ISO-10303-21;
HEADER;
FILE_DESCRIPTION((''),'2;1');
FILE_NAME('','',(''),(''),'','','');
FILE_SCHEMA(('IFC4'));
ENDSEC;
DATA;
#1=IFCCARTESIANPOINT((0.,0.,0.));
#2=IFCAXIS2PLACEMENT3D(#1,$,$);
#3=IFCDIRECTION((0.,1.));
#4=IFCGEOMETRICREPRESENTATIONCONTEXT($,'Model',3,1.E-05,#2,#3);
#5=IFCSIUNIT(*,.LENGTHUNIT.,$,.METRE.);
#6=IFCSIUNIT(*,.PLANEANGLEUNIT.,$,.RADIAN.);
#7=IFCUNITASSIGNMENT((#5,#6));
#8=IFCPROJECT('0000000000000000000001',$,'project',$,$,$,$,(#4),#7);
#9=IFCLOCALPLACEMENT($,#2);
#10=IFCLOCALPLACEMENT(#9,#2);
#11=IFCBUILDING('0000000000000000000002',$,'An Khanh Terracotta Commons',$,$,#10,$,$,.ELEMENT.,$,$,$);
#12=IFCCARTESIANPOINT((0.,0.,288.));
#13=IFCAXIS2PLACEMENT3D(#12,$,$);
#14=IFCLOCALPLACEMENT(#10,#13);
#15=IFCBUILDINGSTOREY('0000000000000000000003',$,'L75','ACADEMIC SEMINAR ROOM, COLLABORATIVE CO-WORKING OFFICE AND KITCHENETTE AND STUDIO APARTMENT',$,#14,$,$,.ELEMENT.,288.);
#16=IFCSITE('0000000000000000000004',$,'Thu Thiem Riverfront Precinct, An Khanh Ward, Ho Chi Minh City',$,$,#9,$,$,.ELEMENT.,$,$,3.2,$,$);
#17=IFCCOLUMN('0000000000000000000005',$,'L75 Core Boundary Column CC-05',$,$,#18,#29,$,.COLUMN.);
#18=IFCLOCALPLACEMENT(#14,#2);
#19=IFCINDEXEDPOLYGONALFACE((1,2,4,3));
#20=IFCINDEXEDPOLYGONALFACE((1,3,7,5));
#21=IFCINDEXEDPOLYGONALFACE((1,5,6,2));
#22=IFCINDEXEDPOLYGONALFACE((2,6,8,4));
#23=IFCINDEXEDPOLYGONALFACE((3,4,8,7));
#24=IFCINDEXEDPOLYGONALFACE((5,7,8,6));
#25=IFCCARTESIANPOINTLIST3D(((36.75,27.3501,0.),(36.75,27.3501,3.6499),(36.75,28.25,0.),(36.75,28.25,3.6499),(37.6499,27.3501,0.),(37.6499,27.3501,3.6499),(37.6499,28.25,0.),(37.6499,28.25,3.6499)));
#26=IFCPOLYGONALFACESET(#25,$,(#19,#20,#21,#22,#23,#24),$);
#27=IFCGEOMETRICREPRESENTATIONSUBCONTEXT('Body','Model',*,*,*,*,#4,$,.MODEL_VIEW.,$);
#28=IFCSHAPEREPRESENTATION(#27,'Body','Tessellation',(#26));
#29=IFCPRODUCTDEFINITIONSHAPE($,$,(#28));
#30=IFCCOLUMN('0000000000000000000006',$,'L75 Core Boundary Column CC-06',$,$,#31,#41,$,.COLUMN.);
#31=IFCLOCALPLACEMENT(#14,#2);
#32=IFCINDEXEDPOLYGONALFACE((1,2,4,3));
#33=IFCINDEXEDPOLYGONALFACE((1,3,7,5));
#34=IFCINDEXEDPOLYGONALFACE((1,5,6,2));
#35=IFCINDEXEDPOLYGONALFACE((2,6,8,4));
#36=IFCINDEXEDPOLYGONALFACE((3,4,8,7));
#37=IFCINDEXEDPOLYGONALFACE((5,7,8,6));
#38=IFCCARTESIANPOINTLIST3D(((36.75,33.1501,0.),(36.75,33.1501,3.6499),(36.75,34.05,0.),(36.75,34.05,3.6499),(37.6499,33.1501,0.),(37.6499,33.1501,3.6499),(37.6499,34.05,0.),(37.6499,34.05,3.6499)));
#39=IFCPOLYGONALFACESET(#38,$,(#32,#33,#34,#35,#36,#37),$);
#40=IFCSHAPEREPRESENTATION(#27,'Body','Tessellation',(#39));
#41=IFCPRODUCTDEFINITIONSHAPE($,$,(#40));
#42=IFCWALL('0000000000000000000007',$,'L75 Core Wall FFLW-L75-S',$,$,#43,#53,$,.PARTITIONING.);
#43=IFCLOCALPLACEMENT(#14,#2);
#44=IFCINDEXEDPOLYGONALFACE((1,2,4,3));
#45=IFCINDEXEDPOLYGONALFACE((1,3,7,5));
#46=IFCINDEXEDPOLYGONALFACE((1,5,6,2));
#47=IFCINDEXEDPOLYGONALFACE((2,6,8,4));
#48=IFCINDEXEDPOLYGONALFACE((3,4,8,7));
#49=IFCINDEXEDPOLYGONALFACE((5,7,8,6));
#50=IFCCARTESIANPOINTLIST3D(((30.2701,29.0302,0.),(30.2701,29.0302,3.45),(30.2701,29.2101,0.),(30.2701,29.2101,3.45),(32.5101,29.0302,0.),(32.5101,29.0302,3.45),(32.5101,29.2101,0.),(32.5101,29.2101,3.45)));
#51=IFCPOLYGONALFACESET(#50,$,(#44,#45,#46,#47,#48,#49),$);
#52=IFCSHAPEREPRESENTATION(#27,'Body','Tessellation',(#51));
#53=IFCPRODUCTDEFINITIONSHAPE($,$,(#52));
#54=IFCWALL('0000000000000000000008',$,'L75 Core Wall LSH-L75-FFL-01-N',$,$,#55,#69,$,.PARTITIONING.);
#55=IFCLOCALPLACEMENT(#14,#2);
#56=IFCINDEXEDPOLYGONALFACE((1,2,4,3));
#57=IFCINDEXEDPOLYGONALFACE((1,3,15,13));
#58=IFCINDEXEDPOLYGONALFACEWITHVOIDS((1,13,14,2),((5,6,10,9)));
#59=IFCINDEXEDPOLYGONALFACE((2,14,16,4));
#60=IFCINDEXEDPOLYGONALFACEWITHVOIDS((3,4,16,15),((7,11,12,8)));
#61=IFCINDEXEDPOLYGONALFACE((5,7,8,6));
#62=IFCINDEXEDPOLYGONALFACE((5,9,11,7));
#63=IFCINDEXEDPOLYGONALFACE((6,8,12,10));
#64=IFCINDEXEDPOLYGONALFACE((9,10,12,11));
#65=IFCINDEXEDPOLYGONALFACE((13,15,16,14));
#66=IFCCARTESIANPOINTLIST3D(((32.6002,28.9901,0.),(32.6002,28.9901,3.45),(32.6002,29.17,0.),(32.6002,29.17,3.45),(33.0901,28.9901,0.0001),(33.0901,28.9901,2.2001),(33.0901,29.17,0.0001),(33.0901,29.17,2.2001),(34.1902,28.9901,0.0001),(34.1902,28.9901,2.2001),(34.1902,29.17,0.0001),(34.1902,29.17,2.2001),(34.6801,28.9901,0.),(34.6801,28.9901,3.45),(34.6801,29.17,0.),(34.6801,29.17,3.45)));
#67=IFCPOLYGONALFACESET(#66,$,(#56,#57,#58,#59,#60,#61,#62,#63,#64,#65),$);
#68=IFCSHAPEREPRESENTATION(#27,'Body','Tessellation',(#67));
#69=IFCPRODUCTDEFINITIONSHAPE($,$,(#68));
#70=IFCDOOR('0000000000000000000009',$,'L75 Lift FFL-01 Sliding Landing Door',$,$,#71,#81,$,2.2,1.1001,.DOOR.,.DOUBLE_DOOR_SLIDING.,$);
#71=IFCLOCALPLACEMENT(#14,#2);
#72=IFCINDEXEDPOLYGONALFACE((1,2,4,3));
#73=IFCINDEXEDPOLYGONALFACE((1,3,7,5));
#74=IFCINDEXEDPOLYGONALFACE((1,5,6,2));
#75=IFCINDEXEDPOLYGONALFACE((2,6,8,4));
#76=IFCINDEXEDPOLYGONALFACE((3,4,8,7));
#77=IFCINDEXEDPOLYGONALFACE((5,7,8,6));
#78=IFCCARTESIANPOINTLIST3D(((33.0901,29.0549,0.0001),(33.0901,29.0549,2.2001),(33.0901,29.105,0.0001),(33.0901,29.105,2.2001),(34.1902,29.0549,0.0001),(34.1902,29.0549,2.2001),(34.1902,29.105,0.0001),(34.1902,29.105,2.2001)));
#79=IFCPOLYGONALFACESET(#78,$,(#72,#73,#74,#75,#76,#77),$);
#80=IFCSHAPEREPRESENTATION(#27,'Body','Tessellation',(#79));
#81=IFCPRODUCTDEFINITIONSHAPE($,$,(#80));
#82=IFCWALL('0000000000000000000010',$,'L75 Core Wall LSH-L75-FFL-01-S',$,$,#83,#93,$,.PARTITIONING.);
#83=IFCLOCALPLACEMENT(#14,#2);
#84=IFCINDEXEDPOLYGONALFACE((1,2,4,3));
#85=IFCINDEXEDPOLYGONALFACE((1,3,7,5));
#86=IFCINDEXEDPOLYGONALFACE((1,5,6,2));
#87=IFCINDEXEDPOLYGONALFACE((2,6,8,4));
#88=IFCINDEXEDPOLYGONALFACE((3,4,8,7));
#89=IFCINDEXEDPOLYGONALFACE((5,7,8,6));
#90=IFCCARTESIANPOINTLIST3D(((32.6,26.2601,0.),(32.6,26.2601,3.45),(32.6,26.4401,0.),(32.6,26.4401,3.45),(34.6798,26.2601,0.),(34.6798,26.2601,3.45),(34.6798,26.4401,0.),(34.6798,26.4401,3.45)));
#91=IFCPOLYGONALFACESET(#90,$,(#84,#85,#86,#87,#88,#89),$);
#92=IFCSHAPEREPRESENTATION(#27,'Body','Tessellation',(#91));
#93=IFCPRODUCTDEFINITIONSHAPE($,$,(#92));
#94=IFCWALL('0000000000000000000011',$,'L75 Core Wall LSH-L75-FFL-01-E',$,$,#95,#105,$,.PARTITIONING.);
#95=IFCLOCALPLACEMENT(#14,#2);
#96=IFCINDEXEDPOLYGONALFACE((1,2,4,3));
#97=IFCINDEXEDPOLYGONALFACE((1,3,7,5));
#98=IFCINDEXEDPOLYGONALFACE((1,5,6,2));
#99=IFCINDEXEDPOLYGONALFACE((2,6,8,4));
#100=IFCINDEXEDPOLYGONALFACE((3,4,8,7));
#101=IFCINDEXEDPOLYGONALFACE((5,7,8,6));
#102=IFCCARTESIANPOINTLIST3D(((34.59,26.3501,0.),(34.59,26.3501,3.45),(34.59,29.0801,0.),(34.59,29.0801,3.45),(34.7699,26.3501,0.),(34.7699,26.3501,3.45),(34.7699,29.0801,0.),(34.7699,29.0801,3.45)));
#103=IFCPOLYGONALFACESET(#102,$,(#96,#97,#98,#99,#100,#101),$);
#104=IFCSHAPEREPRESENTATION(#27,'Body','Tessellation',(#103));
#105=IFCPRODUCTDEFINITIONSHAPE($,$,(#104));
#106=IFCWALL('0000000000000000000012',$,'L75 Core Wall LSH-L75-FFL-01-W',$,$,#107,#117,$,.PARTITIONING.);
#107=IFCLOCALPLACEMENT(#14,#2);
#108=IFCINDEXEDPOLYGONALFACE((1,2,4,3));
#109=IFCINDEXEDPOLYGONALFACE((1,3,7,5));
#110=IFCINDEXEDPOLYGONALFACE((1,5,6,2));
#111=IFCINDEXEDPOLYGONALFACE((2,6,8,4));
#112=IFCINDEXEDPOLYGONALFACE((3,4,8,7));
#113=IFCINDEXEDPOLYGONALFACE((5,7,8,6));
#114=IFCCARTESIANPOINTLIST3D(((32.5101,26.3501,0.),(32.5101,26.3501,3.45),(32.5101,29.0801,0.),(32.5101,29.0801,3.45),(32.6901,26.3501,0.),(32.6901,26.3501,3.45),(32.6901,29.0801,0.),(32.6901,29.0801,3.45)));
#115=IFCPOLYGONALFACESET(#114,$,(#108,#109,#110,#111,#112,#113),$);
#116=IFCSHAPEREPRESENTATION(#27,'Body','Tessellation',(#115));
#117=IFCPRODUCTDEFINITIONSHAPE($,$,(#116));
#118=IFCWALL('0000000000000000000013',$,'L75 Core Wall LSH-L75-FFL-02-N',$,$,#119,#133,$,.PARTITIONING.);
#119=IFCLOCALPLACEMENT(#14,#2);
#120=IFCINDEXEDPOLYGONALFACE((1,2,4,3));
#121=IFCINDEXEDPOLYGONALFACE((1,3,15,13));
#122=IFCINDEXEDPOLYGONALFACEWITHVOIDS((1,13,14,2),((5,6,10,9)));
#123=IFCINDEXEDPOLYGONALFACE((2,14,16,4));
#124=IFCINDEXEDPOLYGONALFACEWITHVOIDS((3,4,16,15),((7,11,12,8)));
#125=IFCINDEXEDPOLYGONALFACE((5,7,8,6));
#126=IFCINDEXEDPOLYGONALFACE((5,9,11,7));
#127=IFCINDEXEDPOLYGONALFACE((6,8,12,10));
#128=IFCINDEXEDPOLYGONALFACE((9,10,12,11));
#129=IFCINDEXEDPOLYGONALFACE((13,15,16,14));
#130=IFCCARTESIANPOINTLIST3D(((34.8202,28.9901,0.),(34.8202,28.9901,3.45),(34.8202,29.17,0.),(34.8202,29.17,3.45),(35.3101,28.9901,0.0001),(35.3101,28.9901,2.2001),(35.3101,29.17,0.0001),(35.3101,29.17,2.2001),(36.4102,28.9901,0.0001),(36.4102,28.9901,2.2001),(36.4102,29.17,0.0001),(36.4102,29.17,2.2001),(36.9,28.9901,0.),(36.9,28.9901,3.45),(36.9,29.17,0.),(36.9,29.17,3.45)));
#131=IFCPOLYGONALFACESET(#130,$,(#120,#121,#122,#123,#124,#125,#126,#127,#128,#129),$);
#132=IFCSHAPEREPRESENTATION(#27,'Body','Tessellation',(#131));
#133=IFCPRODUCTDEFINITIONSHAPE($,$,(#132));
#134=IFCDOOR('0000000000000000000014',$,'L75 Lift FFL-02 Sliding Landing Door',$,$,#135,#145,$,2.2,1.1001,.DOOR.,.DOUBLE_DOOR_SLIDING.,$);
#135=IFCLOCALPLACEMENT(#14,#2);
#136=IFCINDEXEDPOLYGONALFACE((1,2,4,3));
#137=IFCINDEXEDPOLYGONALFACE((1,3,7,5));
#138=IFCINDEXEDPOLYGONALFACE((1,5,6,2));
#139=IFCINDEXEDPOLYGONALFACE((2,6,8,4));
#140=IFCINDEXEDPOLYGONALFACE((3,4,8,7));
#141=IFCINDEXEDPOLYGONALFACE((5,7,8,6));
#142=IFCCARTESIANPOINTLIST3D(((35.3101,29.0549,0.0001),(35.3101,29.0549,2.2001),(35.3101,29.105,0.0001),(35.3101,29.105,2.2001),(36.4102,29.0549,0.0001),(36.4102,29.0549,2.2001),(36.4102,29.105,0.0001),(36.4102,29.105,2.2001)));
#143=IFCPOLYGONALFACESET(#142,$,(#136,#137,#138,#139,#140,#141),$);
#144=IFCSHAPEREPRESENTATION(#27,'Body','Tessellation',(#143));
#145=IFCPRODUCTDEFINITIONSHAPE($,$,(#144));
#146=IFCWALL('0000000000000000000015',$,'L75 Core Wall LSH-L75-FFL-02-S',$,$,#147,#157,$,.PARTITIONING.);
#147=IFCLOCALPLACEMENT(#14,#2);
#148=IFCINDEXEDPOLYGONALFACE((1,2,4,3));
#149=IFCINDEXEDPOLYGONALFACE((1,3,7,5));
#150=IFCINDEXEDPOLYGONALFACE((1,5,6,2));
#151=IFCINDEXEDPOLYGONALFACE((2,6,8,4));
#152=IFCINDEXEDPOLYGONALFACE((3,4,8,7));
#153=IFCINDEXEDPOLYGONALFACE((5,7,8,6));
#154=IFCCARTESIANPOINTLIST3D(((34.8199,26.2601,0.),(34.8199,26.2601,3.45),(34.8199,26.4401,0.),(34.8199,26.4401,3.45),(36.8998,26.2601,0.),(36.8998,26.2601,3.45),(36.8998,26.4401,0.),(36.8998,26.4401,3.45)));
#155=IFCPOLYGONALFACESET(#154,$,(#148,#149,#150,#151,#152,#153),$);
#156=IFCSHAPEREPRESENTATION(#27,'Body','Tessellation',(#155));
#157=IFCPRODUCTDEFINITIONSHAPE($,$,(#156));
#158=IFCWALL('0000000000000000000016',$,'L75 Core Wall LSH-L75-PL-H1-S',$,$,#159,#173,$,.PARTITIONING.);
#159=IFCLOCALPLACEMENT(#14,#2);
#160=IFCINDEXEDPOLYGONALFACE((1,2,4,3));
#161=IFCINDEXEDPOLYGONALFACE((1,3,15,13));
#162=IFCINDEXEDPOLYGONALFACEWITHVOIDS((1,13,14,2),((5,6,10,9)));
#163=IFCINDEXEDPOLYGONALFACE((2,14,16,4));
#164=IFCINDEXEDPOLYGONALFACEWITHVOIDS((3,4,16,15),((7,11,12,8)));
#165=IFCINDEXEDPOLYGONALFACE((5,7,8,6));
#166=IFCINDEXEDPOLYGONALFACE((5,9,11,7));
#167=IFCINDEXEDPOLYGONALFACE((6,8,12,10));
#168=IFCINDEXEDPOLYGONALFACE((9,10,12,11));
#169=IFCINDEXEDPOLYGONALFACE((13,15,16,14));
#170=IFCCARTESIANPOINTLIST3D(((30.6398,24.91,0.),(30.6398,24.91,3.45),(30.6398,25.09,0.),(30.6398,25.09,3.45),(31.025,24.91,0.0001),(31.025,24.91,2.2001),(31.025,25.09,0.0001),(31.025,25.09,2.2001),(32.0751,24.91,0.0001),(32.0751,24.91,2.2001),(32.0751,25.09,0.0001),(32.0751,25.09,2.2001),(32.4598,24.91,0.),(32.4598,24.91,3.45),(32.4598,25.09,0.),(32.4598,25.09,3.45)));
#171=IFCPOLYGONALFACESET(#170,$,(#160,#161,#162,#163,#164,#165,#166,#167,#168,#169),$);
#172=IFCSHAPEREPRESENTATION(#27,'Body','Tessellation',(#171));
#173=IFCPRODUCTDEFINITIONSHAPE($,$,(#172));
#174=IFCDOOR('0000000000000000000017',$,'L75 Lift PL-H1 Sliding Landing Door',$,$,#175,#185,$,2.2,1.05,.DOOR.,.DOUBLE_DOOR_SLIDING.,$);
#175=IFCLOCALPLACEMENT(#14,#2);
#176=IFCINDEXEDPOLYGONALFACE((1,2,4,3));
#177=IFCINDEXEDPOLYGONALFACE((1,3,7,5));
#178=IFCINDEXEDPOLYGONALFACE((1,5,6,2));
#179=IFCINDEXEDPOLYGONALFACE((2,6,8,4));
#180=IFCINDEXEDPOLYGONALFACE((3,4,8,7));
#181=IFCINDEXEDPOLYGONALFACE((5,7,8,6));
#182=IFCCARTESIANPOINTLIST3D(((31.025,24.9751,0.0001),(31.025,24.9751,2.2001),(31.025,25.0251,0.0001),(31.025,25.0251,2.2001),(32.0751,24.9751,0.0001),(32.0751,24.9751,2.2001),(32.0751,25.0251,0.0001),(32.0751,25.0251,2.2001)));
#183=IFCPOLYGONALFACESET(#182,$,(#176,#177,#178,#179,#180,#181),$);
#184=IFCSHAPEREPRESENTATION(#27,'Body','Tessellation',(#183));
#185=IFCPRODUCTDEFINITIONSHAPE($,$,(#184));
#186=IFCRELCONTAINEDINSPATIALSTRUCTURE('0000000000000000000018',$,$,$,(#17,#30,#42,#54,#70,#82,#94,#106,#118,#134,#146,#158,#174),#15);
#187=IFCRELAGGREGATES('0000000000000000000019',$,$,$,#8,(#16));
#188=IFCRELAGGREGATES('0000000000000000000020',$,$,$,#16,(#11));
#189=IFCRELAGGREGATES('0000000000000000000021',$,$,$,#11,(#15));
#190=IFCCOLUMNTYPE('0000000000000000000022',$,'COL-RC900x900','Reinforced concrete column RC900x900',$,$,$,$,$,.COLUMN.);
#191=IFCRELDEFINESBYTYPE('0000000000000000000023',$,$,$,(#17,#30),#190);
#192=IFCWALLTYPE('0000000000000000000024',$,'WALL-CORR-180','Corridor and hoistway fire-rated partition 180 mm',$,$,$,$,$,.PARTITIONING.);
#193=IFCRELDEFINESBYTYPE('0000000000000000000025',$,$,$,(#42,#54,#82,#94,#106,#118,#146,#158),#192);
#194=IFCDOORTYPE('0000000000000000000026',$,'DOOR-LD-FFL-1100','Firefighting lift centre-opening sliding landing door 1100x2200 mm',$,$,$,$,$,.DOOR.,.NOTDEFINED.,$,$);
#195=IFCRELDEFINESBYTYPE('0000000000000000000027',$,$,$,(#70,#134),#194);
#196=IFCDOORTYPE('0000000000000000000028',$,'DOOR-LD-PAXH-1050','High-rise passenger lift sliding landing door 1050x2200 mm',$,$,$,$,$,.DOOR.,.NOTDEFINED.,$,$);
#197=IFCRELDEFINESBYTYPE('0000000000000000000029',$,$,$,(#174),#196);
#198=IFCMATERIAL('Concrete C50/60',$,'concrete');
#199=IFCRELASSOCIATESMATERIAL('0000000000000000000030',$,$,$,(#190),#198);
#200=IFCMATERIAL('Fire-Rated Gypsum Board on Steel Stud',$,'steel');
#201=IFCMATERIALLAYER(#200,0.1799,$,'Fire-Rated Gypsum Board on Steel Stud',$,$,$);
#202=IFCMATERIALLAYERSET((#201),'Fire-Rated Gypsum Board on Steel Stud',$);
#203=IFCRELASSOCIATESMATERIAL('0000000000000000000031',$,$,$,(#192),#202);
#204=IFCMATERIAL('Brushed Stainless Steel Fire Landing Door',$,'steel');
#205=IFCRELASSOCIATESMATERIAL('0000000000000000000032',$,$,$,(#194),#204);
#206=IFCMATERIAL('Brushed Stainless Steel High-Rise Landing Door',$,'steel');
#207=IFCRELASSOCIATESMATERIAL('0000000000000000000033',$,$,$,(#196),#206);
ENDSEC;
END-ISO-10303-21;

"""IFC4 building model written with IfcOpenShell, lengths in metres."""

from ifc_helpers import new_model, si_unit, direction, frame, frame_2d, origin, origin_2d, place, context, subcontext, project, spatial, rectangle, extrude, material, layer, layer_set, material_profile, profile_set, type_object, element, fill, save


model = new_model("IFC4")

# Units and contexts
model_context = context("Model", 3, precision=1e-05, world=origin(), true_north=direction((0.0, 1.0)))
body_context = subcontext(model_context, "Body", "Model", "MODEL_VIEW")
ifc_project = project(units=[si_unit("LENGTHUNIT", "METRE"), si_unit("PLANEANGLEUNIT", "RADIAN")], contexts=[model_context])

# Site, building, storey
site_placement = place(None, origin())
site = spatial("IfcSite", under=ifc_project, at=site_placement, Name="Thu Thiem Riverfront Precinct, An Khanh Ward, Ho Chi Minh City", CompositionType="ELEMENT", RefElevation=3.2)
building_placement = place(site_placement, origin())
building = spatial("IfcBuilding", under=site, at=building_placement, Name="An Khanh Terracotta Commons", CompositionType="ELEMENT")
storey_placement = place(building_placement, frame((0.0, 0.0, 288.0)))
storey = spatial("IfcBuildingStorey", under=building, at=storey_placement, Name="L75", Description="ACADEMIC SEMINAR ROOM, COLLABORATIVE CO-WORKING OFFICE AND KITCHENETTE AND STUDIO APARTMENT", CompositionType="ELEMENT", Elevation=288.0)

# Columns
ifc_material_1 = material(Name="Concrete C50/60", Category="concrete")
ifc_material_profile = material_profile(ifc_material_1, rectangle(XDim=0.8999, YDim=0.8999, at=origin_2d()), Name="RC900x900")
ifc_profile_set = profile_set([ifc_material_profile], Name="Concrete C50/60")
column_type = type_object("IfcColumnType", Name="COL-RC900x900", Description="Reinforced concrete column RC900x900", PredefinedType="COLUMN", material=ifc_profile_set)
for number, where, z_axis, x_axis, name in (
    (1, (37.2, 27.8, 0.0), (0.0, 0.0, 1.0), (1.0, 0.0, 0.0), "L75 Core Boundary Column CC-05"),
    (2, (37.2, 33.6001, 0.0), (0.0, 0.0, 1.0), (1.0, 0.0, 0.0), "L75 Core Boundary Column CC-06"),
):
    element("IfcColumn", number, at=place(storey_placement, frame(where, z_axis=z_axis, x_axis=x_axis)), inside=storey, type_object=column_type, Name=name, PredefinedType="COLUMN", context=body_context, shape_type="SweptSolid", body=[
        extrude(rectangle(XDim=0.8999, YDim=0.8999, at=origin_2d()), origin(), (0.0, 0.0, 1.0), 3.6499),
    ])

# Wall
ifc_material_2 = material(Name="Fire-Rated Gypsum Board on Steel Stud", Category="steel")
ifc_layer_1 = layer(ifc_material_2, 0.1799, Name="Fire-Rated Gypsum Board on Steel Stud")
ifc_layer_set_1 = layer_set([ifc_layer_1], Name="Fire-Rated Gypsum Board on Steel Stud")
wall_type_1 = type_object("IfcWallType", Name="WALL-CORR-180", Description="Corridor and hoistway fire-rated partition 180 mm", PredefinedType="PARTITIONING", material=ifc_layer_set_1)
wall_1_placement = place(storey_placement, frame((30.27, 29.1201, 0.0), z_axis=(0.0, 0.0, 1.0), x_axis=(1.0, 0.0, 0.0)))
element("IfcWall", 3, at=wall_1_placement, inside=storey, type_object=wall_type_1, Name="L75 Core Wall FFLW-L75-S", PredefinedType="PARTITIONING", context=body_context, shape_type="SweptSolid", body=[
    extrude(rectangle(XDim=2.24, YDim=0.1799, at=frame_2d((1.1201, 0.0))), origin(), (0.0, 0.0, 1.0), 3.45),
])

# Wall, opening, door
wall_2_placement = place(storey_placement, frame((32.6001, 29.0801, 0.0), z_axis=(0.0, 0.0, 1.0), x_axis=(1.0, 0.0, 0.0)))
wall_2 = element("IfcWall", 4, at=wall_2_placement, inside=storey, type_object=wall_type_1, Name="L75 Core Wall LSH-L75-FFL-01-N", PredefinedType="PARTITIONING", context=body_context, shape_type="SweptSolid", body=[
    extrude(rectangle(XDim=2.0798, YDim=0.1799, at=frame_2d((1.04, 0.0))), origin(), (0.0, 0.0, 1.0), 3.45),
])
opening_1_placement = place(wall_2_placement, frame((0.49, 0.0, 0.0)))
opening_1 = element("IfcOpeningElement", 5, at=opening_1_placement, cuts=wall_2, PredefinedType="OPENING", context=body_context, shape_type="SweptSolid", body=[
    extrude(rectangle(XDim=1.1001, YDim=2.2, at=frame_2d((0.55, 1.1001))), frame((0.0, 0.0999, 0.0), z_axis=(0.0, -1.0, 0.0), x_axis=(1.0, 0.0, 0.0)), (0.0, 0.0, 1.0), 0.2),
])
ifc_material_3 = material(Name="Brushed Stainless Steel Fire Landing Door", Category="steel")
door_type_1 = type_object("IfcDoorType", Name="DOOR-LD-FFL-1100", Description="Firefighting lift centre-opening sliding landing door 1100x2200 mm", OperationType="NOTDEFINED", PredefinedType="DOOR", material=ifc_material_3)
door_1_placement = place(opening_1_placement, origin())
door_1 = element("IfcDoor", 6, at=door_1_placement, inside=storey, type_object=door_type_1, Name="L75 Lift FFL-01 Sliding Landing Door", OperationType="DOUBLE_DOOR_SLIDING", OverallHeight=2.2, OverallWidth=1.1001, PredefinedType="DOOR", context=body_context, shape_type="SweptSolid", body=[
    extrude(rectangle(XDim=1.1001, YDim=2.2, at=frame_2d((0.55, 1.1001))), frame((0.0, 0.0249, 0.0), z_axis=(0.0, -1.0, 0.0), x_axis=(1.0, 0.0, 0.0)), (0.0, 0.0, 1.0), 0.05),
])
fill(opening_1, door_1)

# Walls
wall_3_placement = place(storey_placement, frame((34.6799, 26.3501, 0.0), z_axis=(0.0, 0.0, 1.0), x_axis=(-1.0, 0.0, 0.0)))
element("IfcWall", 7, at=wall_3_placement, inside=storey, type_object=wall_type_1, Name="L75 Core Wall LSH-L75-FFL-01-S", PredefinedType="PARTITIONING", context=body_context, shape_type="SweptSolid", body=[
    extrude(rectangle(XDim=2.0798, YDim=0.1799, at=frame_2d((1.04, 0.0))), origin(), (0.0, 0.0, 1.0), 3.45),
])
for number, where, z_axis, x_axis, name in (
    (8, (34.6799, 26.3501, 0.0), (0.0, 0.0, 1.0), (0.0, 1.0, 0.0), "L75 Core Wall LSH-L75-FFL-01-E"),
    (9, (32.6001, 29.0801, 0.0), (0.0, 0.0, 1.0), (0.0, -1.0, 0.0), "L75 Core Wall LSH-L75-FFL-01-W"),
):
    element("IfcWall", number, at=place(storey_placement, frame(where, z_axis=z_axis, x_axis=x_axis)), inside=storey, type_object=wall_type_1, Name=name, PredefinedType="PARTITIONING", context=body_context, shape_type="SweptSolid", body=[
        extrude(rectangle(XDim=2.73, YDim=0.1799, at=frame_2d((1.365, 0.0))), origin(), (0.0, 0.0, 1.0), 3.45),
    ])

# Wall, opening, door
wall_4_placement = place(storey_placement, frame((34.8201, 29.0801, 0.0), z_axis=(0.0, 0.0, 1.0), x_axis=(1.0, 0.0, 0.0)))
wall_4 = element("IfcWall", 10, at=wall_4_placement, inside=storey, type_object=wall_type_1, Name="L75 Core Wall LSH-L75-FFL-02-N", PredefinedType="PARTITIONING", context=body_context, shape_type="SweptSolid", body=[
    extrude(rectangle(XDim=2.0798, YDim=0.1799, at=frame_2d((1.04, 0.0))), origin(), (0.0, 0.0, 1.0), 3.45),
])
opening_2_placement = place(wall_4_placement, frame((0.49, 0.0, 0.0)))
opening_2 = element("IfcOpeningElement", 11, at=opening_2_placement, cuts=wall_4, PredefinedType="OPENING", context=body_context, shape_type="SweptSolid", body=[
    extrude(rectangle(XDim=1.1001, YDim=2.2, at=frame_2d((0.55, 1.1001))), frame((0.0, 0.0999, 0.0), z_axis=(0.0, -1.0, 0.0), x_axis=(1.0, 0.0, 0.0)), (0.0, 0.0, 1.0), 0.2),
])
door_2_placement = place(opening_2_placement, origin())
door_2 = element("IfcDoor", 12, at=door_2_placement, inside=storey, type_object=door_type_1, Name="L75 Lift FFL-02 Sliding Landing Door", OperationType="DOUBLE_DOOR_SLIDING", OverallHeight=2.2, OverallWidth=1.1001, PredefinedType="DOOR", context=body_context, shape_type="SweptSolid", body=[
    extrude(rectangle(XDim=1.1001, YDim=2.2, at=frame_2d((0.55, 1.1001))), frame((0.0, 0.0249, 0.0), z_axis=(0.0, -1.0, 0.0), x_axis=(1.0, 0.0, 0.0)), (0.0, 0.0, 1.0), 0.05),
])
fill(opening_2, door_2)

# Wall
wall_5_placement = place(storey_placement, frame((36.8999, 26.3501, 0.0), z_axis=(0.0, 0.0, 1.0), x_axis=(-1.0, 0.0, 0.0)))
element("IfcWall", 13, at=wall_5_placement, inside=storey, type_object=wall_type_1, Name="L75 Core Wall LSH-L75-FFL-02-S", PredefinedType="PARTITIONING", context=body_context, shape_type="SweptSolid", body=[
    extrude(rectangle(XDim=2.0798, YDim=0.1799, at=frame_2d((1.04, 0.0))), origin(), (0.0, 0.0, 1.0), 3.45),
])

# Wall, opening, door
wall_6_placement = place(storey_placement, frame((32.46, 25.0, 0.0), z_axis=(0.0, 0.0, 1.0), x_axis=(-1.0, 0.0, 0.0)))
wall_6 = element("IfcWall", 14, at=wall_6_placement, inside=storey, type_object=wall_type_1, Name="L75 Core Wall LSH-L75-PL-H1-S", PredefinedType="PARTITIONING", context=body_context, shape_type="SweptSolid", body=[
    extrude(rectangle(XDim=1.8201, YDim=0.1799, at=frame_2d((0.9102, 0.0))), origin(), (0.0, 0.0, 1.0), 3.45),
])
opening_3_placement = place(wall_6_placement, frame((0.385, 0.0, 0.0)))
opening_3 = element("IfcOpeningElement", 15, at=opening_3_placement, cuts=wall_6, PredefinedType="OPENING", context=body_context, shape_type="SweptSolid", body=[
    extrude(rectangle(XDim=1.05, YDim=2.2, at=frame_2d((0.5249, 1.1001))), frame((0.0, 0.0999, 0.0), z_axis=(0.0, -1.0, 0.0), x_axis=(1.0, 0.0, 0.0)), (0.0, 0.0, 1.0), 0.2),
])
ifc_material_4 = material(Name="Brushed Stainless Steel High-Rise Landing Door", Category="steel")
door_type_2 = type_object("IfcDoorType", Name="DOOR-LD-PAXH-1050", Description="High-rise passenger lift sliding landing door 1050x2200 mm", OperationType="NOTDEFINED", PredefinedType="DOOR", material=ifc_material_4)
door_3_placement = place(opening_3_placement, origin())
door_3 = element("IfcDoor", 16, at=door_3_placement, inside=storey, type_object=door_type_2, Name="L75 Lift PL-H1 Sliding Landing Door", OperationType="DOUBLE_DOOR_SLIDING", OverallHeight=2.2, OverallWidth=1.05, PredefinedType="DOOR", context=body_context, shape_type="SweptSolid", body=[
    extrude(rectangle(XDim=1.05, YDim=2.2, at=frame_2d((0.5249, 1.1001))), frame((0.0, 0.0249, 0.0), z_axis=(0.0, -1.0, 0.0), x_axis=(1.0, 0.0, 0.0)), (0.0, 0.0, 1.0), 0.05),
])
fill(opening_3, door_3)

save(model, "model.ifc")
